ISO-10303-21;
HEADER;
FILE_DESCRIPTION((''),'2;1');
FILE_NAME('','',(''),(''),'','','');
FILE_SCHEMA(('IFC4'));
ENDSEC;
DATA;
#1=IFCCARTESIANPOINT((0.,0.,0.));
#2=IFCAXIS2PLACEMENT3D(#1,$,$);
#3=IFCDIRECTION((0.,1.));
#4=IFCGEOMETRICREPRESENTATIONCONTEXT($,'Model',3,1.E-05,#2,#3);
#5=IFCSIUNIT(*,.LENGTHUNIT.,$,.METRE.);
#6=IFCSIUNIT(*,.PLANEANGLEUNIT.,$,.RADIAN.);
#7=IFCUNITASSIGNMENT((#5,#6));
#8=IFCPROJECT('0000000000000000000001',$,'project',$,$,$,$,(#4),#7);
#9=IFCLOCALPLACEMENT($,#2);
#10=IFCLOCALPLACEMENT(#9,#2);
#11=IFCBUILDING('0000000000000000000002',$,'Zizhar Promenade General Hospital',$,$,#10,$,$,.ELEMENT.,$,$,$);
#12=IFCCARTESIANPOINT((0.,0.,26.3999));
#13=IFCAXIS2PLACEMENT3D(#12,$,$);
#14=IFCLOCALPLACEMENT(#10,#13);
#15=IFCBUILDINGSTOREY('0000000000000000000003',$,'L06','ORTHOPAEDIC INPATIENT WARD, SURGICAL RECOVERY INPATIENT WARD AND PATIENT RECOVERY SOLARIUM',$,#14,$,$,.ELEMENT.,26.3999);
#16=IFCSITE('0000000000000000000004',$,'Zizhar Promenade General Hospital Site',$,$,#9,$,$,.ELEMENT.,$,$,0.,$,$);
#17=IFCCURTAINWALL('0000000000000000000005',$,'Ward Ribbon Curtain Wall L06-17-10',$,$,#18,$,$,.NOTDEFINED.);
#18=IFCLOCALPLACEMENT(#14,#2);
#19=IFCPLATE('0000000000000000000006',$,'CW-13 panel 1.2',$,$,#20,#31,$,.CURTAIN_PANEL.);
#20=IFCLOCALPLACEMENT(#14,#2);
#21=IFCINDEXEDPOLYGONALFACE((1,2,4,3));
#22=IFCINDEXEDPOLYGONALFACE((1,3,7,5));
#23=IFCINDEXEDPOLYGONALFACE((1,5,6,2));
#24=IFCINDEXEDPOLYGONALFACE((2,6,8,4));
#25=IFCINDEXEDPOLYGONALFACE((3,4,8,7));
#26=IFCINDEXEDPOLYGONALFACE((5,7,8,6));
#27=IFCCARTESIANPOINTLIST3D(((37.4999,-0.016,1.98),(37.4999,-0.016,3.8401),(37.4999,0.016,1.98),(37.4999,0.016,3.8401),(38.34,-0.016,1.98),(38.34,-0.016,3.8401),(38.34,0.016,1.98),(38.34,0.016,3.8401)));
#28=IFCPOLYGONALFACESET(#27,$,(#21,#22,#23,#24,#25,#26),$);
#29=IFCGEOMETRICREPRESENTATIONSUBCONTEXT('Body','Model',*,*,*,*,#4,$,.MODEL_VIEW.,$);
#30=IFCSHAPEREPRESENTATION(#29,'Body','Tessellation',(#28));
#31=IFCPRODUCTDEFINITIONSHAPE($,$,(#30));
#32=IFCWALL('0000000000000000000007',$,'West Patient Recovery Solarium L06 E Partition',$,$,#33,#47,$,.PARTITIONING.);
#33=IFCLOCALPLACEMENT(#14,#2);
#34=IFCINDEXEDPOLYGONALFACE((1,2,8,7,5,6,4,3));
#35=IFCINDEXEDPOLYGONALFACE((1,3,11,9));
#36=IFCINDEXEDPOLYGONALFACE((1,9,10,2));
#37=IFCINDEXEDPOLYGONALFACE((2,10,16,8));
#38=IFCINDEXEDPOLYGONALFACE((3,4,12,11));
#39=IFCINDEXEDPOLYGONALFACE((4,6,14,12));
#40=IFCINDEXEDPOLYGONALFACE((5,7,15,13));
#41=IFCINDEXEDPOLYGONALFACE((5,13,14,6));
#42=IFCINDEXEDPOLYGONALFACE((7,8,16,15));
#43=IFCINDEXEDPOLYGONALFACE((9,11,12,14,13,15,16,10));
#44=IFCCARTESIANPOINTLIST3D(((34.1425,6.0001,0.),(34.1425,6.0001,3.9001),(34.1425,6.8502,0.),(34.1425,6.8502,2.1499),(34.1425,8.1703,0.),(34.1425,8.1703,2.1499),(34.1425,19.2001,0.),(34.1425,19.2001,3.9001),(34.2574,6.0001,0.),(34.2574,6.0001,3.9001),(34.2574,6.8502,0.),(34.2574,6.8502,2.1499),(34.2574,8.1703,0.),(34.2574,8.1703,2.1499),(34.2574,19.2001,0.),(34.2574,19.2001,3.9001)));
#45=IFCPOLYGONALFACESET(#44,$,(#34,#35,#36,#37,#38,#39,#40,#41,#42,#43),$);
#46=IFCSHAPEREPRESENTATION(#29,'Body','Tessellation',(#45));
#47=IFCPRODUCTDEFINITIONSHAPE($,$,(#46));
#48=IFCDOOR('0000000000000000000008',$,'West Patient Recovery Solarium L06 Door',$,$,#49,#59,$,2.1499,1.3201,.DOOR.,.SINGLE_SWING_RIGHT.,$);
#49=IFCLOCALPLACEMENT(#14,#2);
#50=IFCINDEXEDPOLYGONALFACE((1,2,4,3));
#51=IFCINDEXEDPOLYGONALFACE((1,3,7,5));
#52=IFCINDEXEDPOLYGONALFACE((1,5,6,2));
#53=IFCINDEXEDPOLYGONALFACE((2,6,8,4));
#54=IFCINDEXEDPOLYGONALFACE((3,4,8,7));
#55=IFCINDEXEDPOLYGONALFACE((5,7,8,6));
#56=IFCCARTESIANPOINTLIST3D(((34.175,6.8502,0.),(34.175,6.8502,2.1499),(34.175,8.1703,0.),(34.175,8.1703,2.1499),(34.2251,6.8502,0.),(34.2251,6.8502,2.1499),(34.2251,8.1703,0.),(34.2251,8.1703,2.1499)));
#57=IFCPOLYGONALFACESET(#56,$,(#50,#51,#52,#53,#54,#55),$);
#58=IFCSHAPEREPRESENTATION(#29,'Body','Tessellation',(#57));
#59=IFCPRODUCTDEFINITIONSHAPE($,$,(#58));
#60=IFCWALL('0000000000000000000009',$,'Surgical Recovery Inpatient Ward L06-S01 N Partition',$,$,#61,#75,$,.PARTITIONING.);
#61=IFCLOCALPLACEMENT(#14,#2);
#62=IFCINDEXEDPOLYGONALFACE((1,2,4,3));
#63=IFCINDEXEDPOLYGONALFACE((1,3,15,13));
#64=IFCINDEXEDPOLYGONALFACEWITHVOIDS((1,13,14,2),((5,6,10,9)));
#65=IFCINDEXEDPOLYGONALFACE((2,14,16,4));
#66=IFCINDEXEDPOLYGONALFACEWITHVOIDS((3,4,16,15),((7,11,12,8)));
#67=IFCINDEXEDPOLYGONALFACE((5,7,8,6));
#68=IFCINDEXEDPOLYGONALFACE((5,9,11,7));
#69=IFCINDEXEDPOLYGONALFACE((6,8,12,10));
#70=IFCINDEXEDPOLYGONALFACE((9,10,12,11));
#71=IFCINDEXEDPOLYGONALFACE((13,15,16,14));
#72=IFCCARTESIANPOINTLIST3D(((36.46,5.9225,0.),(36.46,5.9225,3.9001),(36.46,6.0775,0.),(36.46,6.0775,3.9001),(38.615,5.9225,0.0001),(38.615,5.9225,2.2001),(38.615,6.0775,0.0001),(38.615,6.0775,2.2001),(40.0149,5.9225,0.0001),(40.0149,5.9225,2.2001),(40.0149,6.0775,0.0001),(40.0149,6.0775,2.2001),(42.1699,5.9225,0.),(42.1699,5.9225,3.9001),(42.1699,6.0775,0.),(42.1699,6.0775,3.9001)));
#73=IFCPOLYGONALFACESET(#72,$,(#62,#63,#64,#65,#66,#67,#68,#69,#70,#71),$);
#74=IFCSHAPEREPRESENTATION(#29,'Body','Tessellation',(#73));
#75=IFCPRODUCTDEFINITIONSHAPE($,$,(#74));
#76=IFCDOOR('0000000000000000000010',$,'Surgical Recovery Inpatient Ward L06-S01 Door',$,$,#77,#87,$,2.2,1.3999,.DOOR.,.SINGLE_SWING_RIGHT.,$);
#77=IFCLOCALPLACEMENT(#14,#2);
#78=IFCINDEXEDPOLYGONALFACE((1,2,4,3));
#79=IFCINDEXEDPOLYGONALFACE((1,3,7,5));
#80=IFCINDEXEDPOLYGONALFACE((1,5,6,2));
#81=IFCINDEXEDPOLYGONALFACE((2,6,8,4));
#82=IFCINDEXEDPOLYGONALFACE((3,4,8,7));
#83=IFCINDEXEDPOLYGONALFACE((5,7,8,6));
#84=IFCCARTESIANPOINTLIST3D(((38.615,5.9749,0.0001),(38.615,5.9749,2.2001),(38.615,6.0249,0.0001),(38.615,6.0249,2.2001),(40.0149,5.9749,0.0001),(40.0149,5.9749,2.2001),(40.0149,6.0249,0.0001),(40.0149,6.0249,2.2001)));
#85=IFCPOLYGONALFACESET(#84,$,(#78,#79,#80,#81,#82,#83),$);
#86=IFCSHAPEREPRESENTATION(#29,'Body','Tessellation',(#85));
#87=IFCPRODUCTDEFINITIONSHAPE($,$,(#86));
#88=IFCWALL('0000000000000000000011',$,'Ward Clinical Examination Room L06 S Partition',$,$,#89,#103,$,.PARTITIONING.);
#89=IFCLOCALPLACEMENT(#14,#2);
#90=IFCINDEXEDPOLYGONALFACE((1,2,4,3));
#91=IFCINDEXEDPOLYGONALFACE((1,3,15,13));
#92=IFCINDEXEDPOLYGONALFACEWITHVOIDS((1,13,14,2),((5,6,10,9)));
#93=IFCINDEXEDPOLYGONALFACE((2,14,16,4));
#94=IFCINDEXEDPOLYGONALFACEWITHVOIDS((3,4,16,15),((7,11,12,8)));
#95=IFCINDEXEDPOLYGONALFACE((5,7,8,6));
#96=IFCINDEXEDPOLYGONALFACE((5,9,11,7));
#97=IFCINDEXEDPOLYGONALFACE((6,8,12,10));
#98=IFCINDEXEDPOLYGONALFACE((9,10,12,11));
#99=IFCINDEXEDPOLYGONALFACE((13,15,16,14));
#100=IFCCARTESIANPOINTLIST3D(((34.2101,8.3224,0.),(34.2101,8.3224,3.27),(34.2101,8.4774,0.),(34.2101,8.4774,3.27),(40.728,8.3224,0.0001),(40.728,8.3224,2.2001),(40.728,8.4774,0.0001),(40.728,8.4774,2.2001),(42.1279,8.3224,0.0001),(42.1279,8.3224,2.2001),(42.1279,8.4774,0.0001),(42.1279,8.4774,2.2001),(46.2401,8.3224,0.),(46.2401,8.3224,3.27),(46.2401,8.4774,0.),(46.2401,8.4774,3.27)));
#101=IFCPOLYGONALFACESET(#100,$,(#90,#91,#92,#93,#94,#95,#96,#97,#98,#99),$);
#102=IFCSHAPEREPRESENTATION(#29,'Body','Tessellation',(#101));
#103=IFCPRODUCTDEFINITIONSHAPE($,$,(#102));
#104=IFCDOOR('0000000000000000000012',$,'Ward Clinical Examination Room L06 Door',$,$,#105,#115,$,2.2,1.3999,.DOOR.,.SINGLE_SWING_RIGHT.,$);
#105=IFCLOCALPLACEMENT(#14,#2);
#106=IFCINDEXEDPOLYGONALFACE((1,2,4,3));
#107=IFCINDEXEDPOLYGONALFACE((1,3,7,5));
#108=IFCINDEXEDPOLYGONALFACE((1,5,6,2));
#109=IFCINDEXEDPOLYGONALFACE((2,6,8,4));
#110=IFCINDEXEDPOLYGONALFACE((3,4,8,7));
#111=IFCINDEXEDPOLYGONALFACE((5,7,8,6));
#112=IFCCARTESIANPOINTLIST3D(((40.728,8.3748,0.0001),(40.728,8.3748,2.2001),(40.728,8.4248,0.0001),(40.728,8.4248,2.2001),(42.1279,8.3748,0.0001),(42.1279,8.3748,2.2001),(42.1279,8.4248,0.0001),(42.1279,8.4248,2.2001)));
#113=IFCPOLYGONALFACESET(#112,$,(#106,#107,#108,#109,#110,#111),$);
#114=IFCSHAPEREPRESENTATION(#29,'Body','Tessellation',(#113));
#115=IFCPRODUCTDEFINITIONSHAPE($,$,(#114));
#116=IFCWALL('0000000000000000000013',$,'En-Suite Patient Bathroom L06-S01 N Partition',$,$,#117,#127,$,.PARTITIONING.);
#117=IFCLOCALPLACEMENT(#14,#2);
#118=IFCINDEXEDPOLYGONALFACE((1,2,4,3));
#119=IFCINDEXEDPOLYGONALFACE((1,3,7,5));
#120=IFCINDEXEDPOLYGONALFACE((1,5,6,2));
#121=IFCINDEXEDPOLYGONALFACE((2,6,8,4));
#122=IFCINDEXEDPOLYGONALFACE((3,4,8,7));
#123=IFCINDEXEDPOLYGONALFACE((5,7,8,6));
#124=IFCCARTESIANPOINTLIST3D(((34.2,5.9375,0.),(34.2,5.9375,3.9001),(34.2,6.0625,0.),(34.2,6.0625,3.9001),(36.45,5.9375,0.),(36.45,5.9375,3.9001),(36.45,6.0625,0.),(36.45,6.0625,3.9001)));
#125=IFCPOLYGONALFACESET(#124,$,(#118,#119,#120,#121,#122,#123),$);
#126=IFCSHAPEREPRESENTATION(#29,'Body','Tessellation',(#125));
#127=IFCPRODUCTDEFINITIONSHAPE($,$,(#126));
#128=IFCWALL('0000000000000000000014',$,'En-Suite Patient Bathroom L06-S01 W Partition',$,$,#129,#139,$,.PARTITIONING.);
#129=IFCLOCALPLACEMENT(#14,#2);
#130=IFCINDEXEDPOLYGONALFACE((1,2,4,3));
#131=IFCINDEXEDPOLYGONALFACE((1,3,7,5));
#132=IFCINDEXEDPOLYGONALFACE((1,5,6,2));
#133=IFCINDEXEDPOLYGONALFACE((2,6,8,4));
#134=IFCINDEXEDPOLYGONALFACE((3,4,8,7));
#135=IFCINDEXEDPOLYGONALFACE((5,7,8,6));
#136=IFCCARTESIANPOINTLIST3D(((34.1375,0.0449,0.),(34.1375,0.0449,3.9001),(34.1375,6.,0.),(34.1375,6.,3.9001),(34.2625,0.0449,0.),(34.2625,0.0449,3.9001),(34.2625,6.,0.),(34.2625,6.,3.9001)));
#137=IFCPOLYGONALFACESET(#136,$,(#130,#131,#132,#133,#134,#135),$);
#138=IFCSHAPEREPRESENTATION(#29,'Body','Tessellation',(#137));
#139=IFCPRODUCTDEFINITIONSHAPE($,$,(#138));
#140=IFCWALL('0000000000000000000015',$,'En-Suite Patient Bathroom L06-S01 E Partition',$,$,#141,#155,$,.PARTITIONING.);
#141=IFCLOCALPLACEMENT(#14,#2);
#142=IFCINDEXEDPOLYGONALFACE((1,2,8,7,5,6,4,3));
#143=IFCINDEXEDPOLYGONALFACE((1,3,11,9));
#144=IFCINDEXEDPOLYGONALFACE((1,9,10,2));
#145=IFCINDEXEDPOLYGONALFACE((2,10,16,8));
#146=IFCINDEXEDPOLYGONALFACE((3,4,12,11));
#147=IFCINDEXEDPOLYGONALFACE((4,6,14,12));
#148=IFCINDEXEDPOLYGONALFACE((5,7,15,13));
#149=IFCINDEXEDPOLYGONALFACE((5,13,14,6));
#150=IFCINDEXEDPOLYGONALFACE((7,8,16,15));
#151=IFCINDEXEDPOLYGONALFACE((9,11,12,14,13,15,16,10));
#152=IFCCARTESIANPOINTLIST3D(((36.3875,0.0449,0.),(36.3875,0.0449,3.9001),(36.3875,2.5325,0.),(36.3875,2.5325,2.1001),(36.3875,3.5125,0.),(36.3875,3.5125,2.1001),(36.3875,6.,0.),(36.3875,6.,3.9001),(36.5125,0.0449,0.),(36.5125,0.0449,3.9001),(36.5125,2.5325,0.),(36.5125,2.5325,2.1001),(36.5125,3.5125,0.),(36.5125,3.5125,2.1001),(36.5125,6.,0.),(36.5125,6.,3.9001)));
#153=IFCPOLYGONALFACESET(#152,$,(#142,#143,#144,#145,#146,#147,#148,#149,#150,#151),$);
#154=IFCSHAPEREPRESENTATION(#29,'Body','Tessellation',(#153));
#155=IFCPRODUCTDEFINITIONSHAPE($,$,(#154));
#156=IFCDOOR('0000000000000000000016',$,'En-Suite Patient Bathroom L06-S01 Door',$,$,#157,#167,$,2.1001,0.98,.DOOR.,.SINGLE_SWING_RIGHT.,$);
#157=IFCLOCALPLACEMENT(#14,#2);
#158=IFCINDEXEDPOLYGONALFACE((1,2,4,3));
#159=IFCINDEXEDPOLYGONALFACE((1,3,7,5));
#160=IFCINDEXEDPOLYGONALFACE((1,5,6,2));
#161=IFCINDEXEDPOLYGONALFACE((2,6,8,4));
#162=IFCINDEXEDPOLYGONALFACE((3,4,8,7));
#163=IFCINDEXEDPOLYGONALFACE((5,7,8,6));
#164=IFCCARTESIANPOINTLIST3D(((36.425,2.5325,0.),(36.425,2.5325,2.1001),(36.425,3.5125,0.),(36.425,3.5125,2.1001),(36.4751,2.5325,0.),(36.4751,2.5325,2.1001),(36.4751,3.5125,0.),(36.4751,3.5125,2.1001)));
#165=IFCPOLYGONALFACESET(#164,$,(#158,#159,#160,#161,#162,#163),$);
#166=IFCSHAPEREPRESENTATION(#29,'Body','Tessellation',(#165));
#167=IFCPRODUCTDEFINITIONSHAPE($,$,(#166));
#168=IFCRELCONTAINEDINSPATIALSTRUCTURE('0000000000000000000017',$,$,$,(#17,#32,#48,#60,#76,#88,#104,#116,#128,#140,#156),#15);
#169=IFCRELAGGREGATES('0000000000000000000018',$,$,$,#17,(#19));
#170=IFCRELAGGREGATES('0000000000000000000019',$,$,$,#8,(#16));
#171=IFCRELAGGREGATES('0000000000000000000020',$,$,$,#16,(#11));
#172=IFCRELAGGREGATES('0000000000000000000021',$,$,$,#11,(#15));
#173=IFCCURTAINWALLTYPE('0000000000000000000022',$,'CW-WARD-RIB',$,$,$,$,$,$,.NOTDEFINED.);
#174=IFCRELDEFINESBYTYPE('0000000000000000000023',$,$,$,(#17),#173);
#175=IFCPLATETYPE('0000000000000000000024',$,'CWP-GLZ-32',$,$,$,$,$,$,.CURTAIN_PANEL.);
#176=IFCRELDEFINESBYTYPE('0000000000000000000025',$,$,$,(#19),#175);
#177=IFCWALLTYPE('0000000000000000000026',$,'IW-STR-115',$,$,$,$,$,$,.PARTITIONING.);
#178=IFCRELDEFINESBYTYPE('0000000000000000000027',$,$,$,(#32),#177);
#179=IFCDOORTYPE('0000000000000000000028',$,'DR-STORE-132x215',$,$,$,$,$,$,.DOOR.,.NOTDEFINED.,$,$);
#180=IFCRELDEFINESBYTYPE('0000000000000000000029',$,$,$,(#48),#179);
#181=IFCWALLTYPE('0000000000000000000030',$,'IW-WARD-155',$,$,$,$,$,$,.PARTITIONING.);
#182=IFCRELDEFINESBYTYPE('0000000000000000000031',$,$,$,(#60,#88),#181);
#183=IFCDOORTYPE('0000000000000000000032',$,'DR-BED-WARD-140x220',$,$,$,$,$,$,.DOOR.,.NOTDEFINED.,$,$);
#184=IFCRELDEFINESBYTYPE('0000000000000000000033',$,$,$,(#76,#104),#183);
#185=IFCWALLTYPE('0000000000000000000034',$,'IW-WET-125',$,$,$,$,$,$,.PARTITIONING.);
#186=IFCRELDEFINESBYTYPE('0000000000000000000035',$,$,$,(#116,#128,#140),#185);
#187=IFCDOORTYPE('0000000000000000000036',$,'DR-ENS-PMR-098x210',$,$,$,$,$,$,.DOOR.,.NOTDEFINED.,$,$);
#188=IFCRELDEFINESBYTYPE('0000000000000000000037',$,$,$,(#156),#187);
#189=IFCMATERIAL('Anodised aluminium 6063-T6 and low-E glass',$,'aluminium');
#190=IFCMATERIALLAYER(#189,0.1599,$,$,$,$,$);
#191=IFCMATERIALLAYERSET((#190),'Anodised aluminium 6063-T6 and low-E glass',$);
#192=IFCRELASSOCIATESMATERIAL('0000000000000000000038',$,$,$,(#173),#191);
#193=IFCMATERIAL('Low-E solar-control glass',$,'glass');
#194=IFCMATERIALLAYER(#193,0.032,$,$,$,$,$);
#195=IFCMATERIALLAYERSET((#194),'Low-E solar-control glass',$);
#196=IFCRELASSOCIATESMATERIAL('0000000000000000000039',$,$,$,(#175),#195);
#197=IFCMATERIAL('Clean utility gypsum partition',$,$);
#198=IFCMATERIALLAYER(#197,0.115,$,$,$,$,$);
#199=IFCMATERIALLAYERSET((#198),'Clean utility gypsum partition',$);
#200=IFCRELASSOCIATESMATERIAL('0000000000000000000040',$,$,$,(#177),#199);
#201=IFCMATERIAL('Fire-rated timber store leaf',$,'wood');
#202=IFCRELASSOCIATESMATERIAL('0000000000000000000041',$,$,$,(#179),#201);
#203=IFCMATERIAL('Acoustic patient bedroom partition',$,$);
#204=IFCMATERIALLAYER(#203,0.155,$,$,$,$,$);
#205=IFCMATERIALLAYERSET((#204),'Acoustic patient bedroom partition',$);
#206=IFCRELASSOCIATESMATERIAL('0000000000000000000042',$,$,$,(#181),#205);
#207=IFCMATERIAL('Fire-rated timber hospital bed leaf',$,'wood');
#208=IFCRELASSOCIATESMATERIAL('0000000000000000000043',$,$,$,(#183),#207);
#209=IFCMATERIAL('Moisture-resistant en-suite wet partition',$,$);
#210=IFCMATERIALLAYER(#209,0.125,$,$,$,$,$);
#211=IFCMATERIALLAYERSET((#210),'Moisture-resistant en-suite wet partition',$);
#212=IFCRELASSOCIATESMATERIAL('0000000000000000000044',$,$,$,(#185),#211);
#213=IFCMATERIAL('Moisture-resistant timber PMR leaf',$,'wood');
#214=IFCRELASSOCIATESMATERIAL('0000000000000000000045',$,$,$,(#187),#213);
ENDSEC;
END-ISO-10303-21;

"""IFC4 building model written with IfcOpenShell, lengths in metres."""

from ifc_helpers import new_model, si_unit, direction, frame, frame_2d, origin, origin_2d, place, context, subcontext, project, spatial, rectangle, extrude, material, layer, layer_set, type_object, element, fill, aggregate, save


model = new_model("IFC4")

# Units and contexts
model_context = context("Model", 3, precision=1e-05, world=origin(), true_north=direction((0.0, 1.0)))
body_context = subcontext(model_context, "Body", "Model", "MODEL_VIEW")
ifc_project = project(units=[si_unit("LENGTHUNIT", "METRE"), si_unit("PLANEANGLEUNIT", "RADIAN")], contexts=[model_context])

# Site, building, storey
site_placement = place(None, origin())
site = spatial("IfcSite", under=ifc_project, at=site_placement, Name="Zizhar Promenade General Hospital Site", CompositionType="ELEMENT", RefElevation=0.0)
building_placement = place(site_placement, origin())
building = spatial("IfcBuilding", under=site, at=building_placement, Name="Zizhar Promenade General Hospital", CompositionType="ELEMENT")
storey_placement = place(building_placement, frame((0.0, 0.0, 26.3999)))
storey = spatial("IfcBuildingStorey", under=building, at=storey_placement, Name="L06", Description="ORTHOPAEDIC INPATIENT WARD, SURGICAL RECOVERY INPATIENT WARD AND PATIENT RECOVERY SOLARIUM", CompositionType="ELEMENT", Elevation=26.3999)

# Curtain wall, plate
ifc_material_1 = material(Name="Anodised aluminium 6063-T6 and low-E glass", Category="aluminium")
ifc_layer_1 = layer(ifc_material_1, 0.1599)
ifc_layer_set_1 = layer_set([ifc_layer_1], Name="Anodised aluminium 6063-T6 and low-E glass")
curtain_wall_type = type_object("IfcCurtainWallType", Name="CW-WARD-RIB", PredefinedType="NOTDEFINED", material=ifc_layer_set_1)
curtain_wall_placement = place(storey_placement, origin())
curtain_wall = element("IfcCurtainWall", 1, at=curtain_wall_placement, inside=storey, type_object=curtain_wall_type, Name="Ward Ribbon Curtain Wall L06-17-10", PredefinedType="NOTDEFINED")
ifc_material_2 = material(Name="Low-E solar-control glass", Category="glass")
ifc_layer_2 = layer(ifc_material_2, 0.032)
ifc_layer_set_2 = layer_set([ifc_layer_2], Name="Low-E solar-control glass")
plate_type = type_object("IfcPlateType", Name="CWP-GLZ-32", PredefinedType="CURTAIN_PANEL", material=ifc_layer_set_2)
plate_1_placement = place(storey_placement, frame((37.9199, 0.0, 1.98), z_axis=(0.0, 0.0, 1.0), x_axis=(-1.0, 0.0, 0.0)))
plate_1 = element("IfcPlate", 2, at=plate_1_placement, type_object=plate_type, Name="CW-13 panel 1.2", PredefinedType="CURTAIN_PANEL", context=body_context, shape_type="SweptSolid", body=[
    extrude(rectangle(XDim=0.8401, YDim=0.032, at=origin_2d()), origin(), (0.0, 0.0, 1.0), 1.8601),
])
aggregate(curtain_wall, [plate_1])

# Walls, openings, doors
ifc_material_3 = material(Name="Clean utility gypsum partition")
ifc_layer_3 = layer(ifc_material_3, 0.115)
ifc_layer_set_3 = layer_set([ifc_layer_3], Name="Clean utility gypsum partition")
wall_type_1 = type_object("IfcWallType", Name="IW-STR-115", PredefinedType="PARTITIONING", material=ifc_layer_set_3)
wall_1_placement = place(storey_placement, frame((34.2, 6.0, 0.0), z_axis=(0.0, 0.0, 1.0), x_axis=(0.0, 1.0, 0.0)))
wall_1 = element("IfcWall", 3, at=wall_1_placement, inside=storey, type_object=wall_type_1, Name="West Patient Recovery Solarium L06 E Partition", PredefinedType="PARTITIONING", context=body_context, shape_type="SweptSolid", body=[
    extrude(rectangle(XDim=13.2, YDim=0.115, at=frame_2d((6.6001, 0.0))), origin(), (0.0, 0.0, 1.0), 3.9001),
])
opening_1_placement = place(wall_1_placement, frame((0.8501, 0.0, 0.0)))
opening_1 = element("IfcOpeningElement", 4, at=opening_1_placement, cuts=wall_1, PredefinedType="OPENING", context=body_context, shape_type="SweptSolid", body=[
    extrude(rectangle(XDim=1.3201, YDim=2.1499, at=frame_2d((0.6602, 1.075))), frame((0.0, 0.0674, 0.0), z_axis=(0.0, -1.0, 0.0), x_axis=(1.0, 0.0, 0.0)), (0.0, 0.0, 1.0), 0.135),
])
ifc_material_4 = material(Name="Fire-rated timber store leaf", Category="wood")
door_type_1 = type_object("IfcDoorType", Name="DR-STORE-132x215", OperationType="NOTDEFINED", PredefinedType="DOOR", material=ifc_material_4)
door_1_placement = place(opening_1_placement, origin())
door_1 = element("IfcDoor", 5, at=door_1_placement, inside=storey, type_object=door_type_1, Name="West Patient Recovery Solarium L06 Door", OperationType="SINGLE_SWING_RIGHT", OverallHeight=2.1499, OverallWidth=1.3201, PredefinedType="DOOR", context=body_context, shape_type="SweptSolid", body=[
    extrude(rectangle(XDim=1.3201, YDim=2.1499, at=frame_2d((0.6602, 1.075))), frame((0.0, 0.0249, 0.0), z_axis=(0.0, -1.0, 0.0), x_axis=(1.0, 0.0, 0.0)), (0.0, 0.0, 1.0), 0.05),
])
fill(opening_1, door_1)
ifc_material_5 = material(Name="Acoustic patient bedroom partition")
ifc_layer_4 = layer(ifc_material_5, 0.155)
ifc_layer_set_4 = layer_set([ifc_layer_4], Name="Acoustic patient bedroom partition")
wall_type_2 = type_object("IfcWallType", Name="IW-WARD-155", PredefinedType="PARTITIONING", material=ifc_layer_set_4)
wall_2_placement = place(storey_placement, frame((36.46, 6.0, 0.0), z_axis=(0.0, 0.0, 1.0), x_axis=(1.0, 0.0, 0.0)))
wall_2 = element("IfcWall", 6, at=wall_2_placement, inside=storey, type_object=wall_type_2, Name="Surgical Recovery Inpatient Ward L06-S01 N Partition", PredefinedType="PARTITIONING", context=body_context, shape_type="SweptSolid", body=[
    extrude(rectangle(XDim=5.71, YDim=0.155, at=frame_2d((2.855, 0.0))), origin(), (0.0, 0.0, 1.0), 3.9001),
])
opening_2_placement = place(wall_2_placement, frame((2.155, 0.0, 0.0)))
opening_2 = element("IfcOpeningElement", 7, at=opening_2_placement, cuts=wall_2, PredefinedType="OPENING", context=body_context, shape_type="SweptSolid", body=[
    extrude(rectangle(XDim=1.3999, YDim=2.2, at=frame_2d((0.7, 1.1001))), frame((0.0, 0.0874, 0.0), z_axis=(0.0, -1.0, 0.0), x_axis=(1.0, 0.0, 0.0)), (0.0, 0.0, 1.0), 0.175),
])
ifc_material_6 = material(Name="Fire-rated timber hospital bed leaf", Category="wood")
door_type_2 = type_object("IfcDoorType", Name="DR-BED-WARD-140x220", OperationType="NOTDEFINED", PredefinedType="DOOR", material=ifc_material_6)
door_2_placement = place(opening_2_placement, origin())
door_2 = element("IfcDoor", 8, at=door_2_placement, inside=storey, type_object=door_type_2, Name="Surgical Recovery Inpatient Ward L06-S01 Door", OperationType="SINGLE_SWING_RIGHT", OverallHeight=2.2, OverallWidth=1.3999, PredefinedType="DOOR", context=body_context, shape_type="SweptSolid", body=[
    extrude(rectangle(XDim=1.3999, YDim=2.2, at=frame_2d((0.7, 1.1001))), frame((0.0, 0.0249, 0.0), z_axis=(0.0, -1.0, 0.0), x_axis=(1.0, 0.0, 0.0)), (0.0, 0.0, 1.0), 0.05),
])
fill(opening_2, door_2)
wall_3_placement = place(storey_placement, frame((34.21, 8.3999, 0.0), z_axis=(0.0, 0.0, 1.0), x_axis=(1.0, 0.0, 0.0)))
wall_3 = element("IfcWall", 9, at=wall_3_placement, inside=storey, type_object=wall_type_2, Name="Ward Clinical Examination Room L06 S Partition", PredefinedType="PARTITIONING", context=body_context, shape_type="SweptSolid", body=[
    extrude(rectangle(XDim=12.03, YDim=0.155, at=frame_2d((6.0151, 0.0))), origin(), (0.0, 0.0, 1.0), 3.27),
])
opening_3_placement = place(wall_3_placement, frame((6.5181, 0.0, 0.0)))
opening_3 = element("IfcOpeningElement", 10, at=opening_3_placement, cuts=wall_3, PredefinedType="OPENING", context=body_context, shape_type="SweptSolid", body=[
    extrude(rectangle(XDim=1.3999, YDim=2.2, at=frame_2d((0.7, 1.1001))), frame((0.0, 0.0874, 0.0), z_axis=(0.0, -1.0, 0.0), x_axis=(1.0, 0.0, 0.0)), (0.0, 0.0, 1.0), 0.175),
])
door_3_placement = place(opening_3_placement, origin())
door_3 = element("IfcDoor", 11, at=door_3_placement, inside=storey, type_object=door_type_2, Name="Ward Clinical Examination Room L06 Door", OperationType="SINGLE_SWING_RIGHT", OverallHeight=2.2, OverallWidth=1.3999, PredefinedType="DOOR", context=body_context, shape_type="SweptSolid", body=[
    extrude(rectangle(XDim=1.3999, YDim=2.2, at=frame_2d((0.7, 1.1001))), frame((0.0, 0.0249, 0.0), z_axis=(0.0, -1.0, 0.0), x_axis=(1.0, 0.0, 0.0)), (0.0, 0.0, 1.0), 0.05),
])
fill(opening_3, door_3)

# Walls
ifc_material_7 = material(Name="Moisture-resistant en-suite wet partition")
ifc_layer_5 = layer(ifc_material_7, 0.125)
ifc_layer_set_5 = layer_set([ifc_layer_5], Name="Moisture-resistant en-suite wet partition")
wall_type_3 = type_object("IfcWallType", Name="IW-WET-125", PredefinedType="PARTITIONING", material=ifc_layer_set_5)
wall_4_placement = place(storey_placement, frame((34.2, 6.0, 0.0), z_axis=(0.0, 0.0, 1.0), x_axis=(1.0, 0.0, 0.0)))
element("IfcWall", 12, at=wall_4_placement, inside=storey, type_object=wall_type_3, Name="En-Suite Patient Bathroom L06-S01 N Partition", PredefinedType="PARTITIONING", context=body_context, shape_type="SweptSolid", body=[
    extrude(rectangle(XDim=2.25, YDim=0.125, at=frame_2d((1.125, 0.0))), origin(), (0.0, 0.0, 1.0), 3.9001),
])
wall_5_placement = place(storey_placement, frame((34.2, 0.0449, 0.0), z_axis=(0.0, 0.0, 1.0), x_axis=(0.0, 1.0, 0.0)))
element("IfcWall", 13, at=wall_5_placement, inside=storey, type_object=wall_type_3, Name="En-Suite Patient Bathroom L06-S01 W Partition", PredefinedType="PARTITIONING", context=body_context, shape_type="SweptSolid", body=[
    extrude(rectangle(XDim=5.9551, YDim=0.125, at=frame_2d((2.9775, 0.0))), origin(), (0.0, 0.0, 1.0), 3.9001),
])

# Wall, opening, door
wall_6_placement = place(storey_placement, frame((36.45, 0.0449, 0.0), z_axis=(0.0, 0.0, 1.0), x_axis=(0.0, 1.0, 0.0)))
wall_6 = element("IfcWall", 14, at=wall_6_placement, inside=storey, type_object=wall_type_3, Name="En-Suite Patient Bathroom L06-S01 E Partition", PredefinedType="PARTITIONING", context=body_context, shape_type="SweptSolid", body=[
    extrude(rectangle(XDim=5.9551, YDim=0.125, at=frame_2d((2.9775, 0.0))), origin(), (0.0, 0.0, 1.0), 3.9001),
])
opening_4_placement = place(wall_6_placement, frame((2.4875, 0.0, 0.0)))
opening_4 = element("IfcOpeningElement", 15, at=opening_4_placement, cuts=wall_6, PredefinedType="OPENING", context=body_context, shape_type="SweptSolid", body=[
    extrude(rectangle(XDim=0.98, YDim=2.1001, at=frame_2d((0.49, 1.05))), frame((0.0, 0.0725, 0.0), z_axis=(0.0, -1.0, 0.0), x_axis=(1.0, 0.0, 0.0)), (0.0, 0.0, 1.0), 0.145),
])
ifc_material_8 = material(Name="Moisture-resistant timber PMR leaf", Category="wood")
door_type_3 = type_object("IfcDoorType", Name="DR-ENS-PMR-098x210", OperationType="NOTDEFINED", PredefinedType="DOOR", material=ifc_material_8)
door_4_placement = place(opening_4_placement, origin())
door_4 = element("IfcDoor", 16, at=door_4_placement, inside=storey, type_object=door_type_3, Name="En-Suite Patient Bathroom L06-S01 Door", OperationType="SINGLE_SWING_RIGHT", OverallHeight=2.1001, OverallWidth=0.98, PredefinedType="DOOR", context=body_context, shape_type="SweptSolid", body=[
    extrude(rectangle(XDim=0.98, YDim=2.1001, at=frame_2d((0.49, 1.05))), frame((0.0, 0.0249, 0.0), z_axis=(0.0, -1.0, 0.0), x_axis=(1.0, 0.0, 0.0)), (0.0, 0.0, 1.0), 0.05),
])
fill(opening_4, door_4)

save(model, "model.ifc")
